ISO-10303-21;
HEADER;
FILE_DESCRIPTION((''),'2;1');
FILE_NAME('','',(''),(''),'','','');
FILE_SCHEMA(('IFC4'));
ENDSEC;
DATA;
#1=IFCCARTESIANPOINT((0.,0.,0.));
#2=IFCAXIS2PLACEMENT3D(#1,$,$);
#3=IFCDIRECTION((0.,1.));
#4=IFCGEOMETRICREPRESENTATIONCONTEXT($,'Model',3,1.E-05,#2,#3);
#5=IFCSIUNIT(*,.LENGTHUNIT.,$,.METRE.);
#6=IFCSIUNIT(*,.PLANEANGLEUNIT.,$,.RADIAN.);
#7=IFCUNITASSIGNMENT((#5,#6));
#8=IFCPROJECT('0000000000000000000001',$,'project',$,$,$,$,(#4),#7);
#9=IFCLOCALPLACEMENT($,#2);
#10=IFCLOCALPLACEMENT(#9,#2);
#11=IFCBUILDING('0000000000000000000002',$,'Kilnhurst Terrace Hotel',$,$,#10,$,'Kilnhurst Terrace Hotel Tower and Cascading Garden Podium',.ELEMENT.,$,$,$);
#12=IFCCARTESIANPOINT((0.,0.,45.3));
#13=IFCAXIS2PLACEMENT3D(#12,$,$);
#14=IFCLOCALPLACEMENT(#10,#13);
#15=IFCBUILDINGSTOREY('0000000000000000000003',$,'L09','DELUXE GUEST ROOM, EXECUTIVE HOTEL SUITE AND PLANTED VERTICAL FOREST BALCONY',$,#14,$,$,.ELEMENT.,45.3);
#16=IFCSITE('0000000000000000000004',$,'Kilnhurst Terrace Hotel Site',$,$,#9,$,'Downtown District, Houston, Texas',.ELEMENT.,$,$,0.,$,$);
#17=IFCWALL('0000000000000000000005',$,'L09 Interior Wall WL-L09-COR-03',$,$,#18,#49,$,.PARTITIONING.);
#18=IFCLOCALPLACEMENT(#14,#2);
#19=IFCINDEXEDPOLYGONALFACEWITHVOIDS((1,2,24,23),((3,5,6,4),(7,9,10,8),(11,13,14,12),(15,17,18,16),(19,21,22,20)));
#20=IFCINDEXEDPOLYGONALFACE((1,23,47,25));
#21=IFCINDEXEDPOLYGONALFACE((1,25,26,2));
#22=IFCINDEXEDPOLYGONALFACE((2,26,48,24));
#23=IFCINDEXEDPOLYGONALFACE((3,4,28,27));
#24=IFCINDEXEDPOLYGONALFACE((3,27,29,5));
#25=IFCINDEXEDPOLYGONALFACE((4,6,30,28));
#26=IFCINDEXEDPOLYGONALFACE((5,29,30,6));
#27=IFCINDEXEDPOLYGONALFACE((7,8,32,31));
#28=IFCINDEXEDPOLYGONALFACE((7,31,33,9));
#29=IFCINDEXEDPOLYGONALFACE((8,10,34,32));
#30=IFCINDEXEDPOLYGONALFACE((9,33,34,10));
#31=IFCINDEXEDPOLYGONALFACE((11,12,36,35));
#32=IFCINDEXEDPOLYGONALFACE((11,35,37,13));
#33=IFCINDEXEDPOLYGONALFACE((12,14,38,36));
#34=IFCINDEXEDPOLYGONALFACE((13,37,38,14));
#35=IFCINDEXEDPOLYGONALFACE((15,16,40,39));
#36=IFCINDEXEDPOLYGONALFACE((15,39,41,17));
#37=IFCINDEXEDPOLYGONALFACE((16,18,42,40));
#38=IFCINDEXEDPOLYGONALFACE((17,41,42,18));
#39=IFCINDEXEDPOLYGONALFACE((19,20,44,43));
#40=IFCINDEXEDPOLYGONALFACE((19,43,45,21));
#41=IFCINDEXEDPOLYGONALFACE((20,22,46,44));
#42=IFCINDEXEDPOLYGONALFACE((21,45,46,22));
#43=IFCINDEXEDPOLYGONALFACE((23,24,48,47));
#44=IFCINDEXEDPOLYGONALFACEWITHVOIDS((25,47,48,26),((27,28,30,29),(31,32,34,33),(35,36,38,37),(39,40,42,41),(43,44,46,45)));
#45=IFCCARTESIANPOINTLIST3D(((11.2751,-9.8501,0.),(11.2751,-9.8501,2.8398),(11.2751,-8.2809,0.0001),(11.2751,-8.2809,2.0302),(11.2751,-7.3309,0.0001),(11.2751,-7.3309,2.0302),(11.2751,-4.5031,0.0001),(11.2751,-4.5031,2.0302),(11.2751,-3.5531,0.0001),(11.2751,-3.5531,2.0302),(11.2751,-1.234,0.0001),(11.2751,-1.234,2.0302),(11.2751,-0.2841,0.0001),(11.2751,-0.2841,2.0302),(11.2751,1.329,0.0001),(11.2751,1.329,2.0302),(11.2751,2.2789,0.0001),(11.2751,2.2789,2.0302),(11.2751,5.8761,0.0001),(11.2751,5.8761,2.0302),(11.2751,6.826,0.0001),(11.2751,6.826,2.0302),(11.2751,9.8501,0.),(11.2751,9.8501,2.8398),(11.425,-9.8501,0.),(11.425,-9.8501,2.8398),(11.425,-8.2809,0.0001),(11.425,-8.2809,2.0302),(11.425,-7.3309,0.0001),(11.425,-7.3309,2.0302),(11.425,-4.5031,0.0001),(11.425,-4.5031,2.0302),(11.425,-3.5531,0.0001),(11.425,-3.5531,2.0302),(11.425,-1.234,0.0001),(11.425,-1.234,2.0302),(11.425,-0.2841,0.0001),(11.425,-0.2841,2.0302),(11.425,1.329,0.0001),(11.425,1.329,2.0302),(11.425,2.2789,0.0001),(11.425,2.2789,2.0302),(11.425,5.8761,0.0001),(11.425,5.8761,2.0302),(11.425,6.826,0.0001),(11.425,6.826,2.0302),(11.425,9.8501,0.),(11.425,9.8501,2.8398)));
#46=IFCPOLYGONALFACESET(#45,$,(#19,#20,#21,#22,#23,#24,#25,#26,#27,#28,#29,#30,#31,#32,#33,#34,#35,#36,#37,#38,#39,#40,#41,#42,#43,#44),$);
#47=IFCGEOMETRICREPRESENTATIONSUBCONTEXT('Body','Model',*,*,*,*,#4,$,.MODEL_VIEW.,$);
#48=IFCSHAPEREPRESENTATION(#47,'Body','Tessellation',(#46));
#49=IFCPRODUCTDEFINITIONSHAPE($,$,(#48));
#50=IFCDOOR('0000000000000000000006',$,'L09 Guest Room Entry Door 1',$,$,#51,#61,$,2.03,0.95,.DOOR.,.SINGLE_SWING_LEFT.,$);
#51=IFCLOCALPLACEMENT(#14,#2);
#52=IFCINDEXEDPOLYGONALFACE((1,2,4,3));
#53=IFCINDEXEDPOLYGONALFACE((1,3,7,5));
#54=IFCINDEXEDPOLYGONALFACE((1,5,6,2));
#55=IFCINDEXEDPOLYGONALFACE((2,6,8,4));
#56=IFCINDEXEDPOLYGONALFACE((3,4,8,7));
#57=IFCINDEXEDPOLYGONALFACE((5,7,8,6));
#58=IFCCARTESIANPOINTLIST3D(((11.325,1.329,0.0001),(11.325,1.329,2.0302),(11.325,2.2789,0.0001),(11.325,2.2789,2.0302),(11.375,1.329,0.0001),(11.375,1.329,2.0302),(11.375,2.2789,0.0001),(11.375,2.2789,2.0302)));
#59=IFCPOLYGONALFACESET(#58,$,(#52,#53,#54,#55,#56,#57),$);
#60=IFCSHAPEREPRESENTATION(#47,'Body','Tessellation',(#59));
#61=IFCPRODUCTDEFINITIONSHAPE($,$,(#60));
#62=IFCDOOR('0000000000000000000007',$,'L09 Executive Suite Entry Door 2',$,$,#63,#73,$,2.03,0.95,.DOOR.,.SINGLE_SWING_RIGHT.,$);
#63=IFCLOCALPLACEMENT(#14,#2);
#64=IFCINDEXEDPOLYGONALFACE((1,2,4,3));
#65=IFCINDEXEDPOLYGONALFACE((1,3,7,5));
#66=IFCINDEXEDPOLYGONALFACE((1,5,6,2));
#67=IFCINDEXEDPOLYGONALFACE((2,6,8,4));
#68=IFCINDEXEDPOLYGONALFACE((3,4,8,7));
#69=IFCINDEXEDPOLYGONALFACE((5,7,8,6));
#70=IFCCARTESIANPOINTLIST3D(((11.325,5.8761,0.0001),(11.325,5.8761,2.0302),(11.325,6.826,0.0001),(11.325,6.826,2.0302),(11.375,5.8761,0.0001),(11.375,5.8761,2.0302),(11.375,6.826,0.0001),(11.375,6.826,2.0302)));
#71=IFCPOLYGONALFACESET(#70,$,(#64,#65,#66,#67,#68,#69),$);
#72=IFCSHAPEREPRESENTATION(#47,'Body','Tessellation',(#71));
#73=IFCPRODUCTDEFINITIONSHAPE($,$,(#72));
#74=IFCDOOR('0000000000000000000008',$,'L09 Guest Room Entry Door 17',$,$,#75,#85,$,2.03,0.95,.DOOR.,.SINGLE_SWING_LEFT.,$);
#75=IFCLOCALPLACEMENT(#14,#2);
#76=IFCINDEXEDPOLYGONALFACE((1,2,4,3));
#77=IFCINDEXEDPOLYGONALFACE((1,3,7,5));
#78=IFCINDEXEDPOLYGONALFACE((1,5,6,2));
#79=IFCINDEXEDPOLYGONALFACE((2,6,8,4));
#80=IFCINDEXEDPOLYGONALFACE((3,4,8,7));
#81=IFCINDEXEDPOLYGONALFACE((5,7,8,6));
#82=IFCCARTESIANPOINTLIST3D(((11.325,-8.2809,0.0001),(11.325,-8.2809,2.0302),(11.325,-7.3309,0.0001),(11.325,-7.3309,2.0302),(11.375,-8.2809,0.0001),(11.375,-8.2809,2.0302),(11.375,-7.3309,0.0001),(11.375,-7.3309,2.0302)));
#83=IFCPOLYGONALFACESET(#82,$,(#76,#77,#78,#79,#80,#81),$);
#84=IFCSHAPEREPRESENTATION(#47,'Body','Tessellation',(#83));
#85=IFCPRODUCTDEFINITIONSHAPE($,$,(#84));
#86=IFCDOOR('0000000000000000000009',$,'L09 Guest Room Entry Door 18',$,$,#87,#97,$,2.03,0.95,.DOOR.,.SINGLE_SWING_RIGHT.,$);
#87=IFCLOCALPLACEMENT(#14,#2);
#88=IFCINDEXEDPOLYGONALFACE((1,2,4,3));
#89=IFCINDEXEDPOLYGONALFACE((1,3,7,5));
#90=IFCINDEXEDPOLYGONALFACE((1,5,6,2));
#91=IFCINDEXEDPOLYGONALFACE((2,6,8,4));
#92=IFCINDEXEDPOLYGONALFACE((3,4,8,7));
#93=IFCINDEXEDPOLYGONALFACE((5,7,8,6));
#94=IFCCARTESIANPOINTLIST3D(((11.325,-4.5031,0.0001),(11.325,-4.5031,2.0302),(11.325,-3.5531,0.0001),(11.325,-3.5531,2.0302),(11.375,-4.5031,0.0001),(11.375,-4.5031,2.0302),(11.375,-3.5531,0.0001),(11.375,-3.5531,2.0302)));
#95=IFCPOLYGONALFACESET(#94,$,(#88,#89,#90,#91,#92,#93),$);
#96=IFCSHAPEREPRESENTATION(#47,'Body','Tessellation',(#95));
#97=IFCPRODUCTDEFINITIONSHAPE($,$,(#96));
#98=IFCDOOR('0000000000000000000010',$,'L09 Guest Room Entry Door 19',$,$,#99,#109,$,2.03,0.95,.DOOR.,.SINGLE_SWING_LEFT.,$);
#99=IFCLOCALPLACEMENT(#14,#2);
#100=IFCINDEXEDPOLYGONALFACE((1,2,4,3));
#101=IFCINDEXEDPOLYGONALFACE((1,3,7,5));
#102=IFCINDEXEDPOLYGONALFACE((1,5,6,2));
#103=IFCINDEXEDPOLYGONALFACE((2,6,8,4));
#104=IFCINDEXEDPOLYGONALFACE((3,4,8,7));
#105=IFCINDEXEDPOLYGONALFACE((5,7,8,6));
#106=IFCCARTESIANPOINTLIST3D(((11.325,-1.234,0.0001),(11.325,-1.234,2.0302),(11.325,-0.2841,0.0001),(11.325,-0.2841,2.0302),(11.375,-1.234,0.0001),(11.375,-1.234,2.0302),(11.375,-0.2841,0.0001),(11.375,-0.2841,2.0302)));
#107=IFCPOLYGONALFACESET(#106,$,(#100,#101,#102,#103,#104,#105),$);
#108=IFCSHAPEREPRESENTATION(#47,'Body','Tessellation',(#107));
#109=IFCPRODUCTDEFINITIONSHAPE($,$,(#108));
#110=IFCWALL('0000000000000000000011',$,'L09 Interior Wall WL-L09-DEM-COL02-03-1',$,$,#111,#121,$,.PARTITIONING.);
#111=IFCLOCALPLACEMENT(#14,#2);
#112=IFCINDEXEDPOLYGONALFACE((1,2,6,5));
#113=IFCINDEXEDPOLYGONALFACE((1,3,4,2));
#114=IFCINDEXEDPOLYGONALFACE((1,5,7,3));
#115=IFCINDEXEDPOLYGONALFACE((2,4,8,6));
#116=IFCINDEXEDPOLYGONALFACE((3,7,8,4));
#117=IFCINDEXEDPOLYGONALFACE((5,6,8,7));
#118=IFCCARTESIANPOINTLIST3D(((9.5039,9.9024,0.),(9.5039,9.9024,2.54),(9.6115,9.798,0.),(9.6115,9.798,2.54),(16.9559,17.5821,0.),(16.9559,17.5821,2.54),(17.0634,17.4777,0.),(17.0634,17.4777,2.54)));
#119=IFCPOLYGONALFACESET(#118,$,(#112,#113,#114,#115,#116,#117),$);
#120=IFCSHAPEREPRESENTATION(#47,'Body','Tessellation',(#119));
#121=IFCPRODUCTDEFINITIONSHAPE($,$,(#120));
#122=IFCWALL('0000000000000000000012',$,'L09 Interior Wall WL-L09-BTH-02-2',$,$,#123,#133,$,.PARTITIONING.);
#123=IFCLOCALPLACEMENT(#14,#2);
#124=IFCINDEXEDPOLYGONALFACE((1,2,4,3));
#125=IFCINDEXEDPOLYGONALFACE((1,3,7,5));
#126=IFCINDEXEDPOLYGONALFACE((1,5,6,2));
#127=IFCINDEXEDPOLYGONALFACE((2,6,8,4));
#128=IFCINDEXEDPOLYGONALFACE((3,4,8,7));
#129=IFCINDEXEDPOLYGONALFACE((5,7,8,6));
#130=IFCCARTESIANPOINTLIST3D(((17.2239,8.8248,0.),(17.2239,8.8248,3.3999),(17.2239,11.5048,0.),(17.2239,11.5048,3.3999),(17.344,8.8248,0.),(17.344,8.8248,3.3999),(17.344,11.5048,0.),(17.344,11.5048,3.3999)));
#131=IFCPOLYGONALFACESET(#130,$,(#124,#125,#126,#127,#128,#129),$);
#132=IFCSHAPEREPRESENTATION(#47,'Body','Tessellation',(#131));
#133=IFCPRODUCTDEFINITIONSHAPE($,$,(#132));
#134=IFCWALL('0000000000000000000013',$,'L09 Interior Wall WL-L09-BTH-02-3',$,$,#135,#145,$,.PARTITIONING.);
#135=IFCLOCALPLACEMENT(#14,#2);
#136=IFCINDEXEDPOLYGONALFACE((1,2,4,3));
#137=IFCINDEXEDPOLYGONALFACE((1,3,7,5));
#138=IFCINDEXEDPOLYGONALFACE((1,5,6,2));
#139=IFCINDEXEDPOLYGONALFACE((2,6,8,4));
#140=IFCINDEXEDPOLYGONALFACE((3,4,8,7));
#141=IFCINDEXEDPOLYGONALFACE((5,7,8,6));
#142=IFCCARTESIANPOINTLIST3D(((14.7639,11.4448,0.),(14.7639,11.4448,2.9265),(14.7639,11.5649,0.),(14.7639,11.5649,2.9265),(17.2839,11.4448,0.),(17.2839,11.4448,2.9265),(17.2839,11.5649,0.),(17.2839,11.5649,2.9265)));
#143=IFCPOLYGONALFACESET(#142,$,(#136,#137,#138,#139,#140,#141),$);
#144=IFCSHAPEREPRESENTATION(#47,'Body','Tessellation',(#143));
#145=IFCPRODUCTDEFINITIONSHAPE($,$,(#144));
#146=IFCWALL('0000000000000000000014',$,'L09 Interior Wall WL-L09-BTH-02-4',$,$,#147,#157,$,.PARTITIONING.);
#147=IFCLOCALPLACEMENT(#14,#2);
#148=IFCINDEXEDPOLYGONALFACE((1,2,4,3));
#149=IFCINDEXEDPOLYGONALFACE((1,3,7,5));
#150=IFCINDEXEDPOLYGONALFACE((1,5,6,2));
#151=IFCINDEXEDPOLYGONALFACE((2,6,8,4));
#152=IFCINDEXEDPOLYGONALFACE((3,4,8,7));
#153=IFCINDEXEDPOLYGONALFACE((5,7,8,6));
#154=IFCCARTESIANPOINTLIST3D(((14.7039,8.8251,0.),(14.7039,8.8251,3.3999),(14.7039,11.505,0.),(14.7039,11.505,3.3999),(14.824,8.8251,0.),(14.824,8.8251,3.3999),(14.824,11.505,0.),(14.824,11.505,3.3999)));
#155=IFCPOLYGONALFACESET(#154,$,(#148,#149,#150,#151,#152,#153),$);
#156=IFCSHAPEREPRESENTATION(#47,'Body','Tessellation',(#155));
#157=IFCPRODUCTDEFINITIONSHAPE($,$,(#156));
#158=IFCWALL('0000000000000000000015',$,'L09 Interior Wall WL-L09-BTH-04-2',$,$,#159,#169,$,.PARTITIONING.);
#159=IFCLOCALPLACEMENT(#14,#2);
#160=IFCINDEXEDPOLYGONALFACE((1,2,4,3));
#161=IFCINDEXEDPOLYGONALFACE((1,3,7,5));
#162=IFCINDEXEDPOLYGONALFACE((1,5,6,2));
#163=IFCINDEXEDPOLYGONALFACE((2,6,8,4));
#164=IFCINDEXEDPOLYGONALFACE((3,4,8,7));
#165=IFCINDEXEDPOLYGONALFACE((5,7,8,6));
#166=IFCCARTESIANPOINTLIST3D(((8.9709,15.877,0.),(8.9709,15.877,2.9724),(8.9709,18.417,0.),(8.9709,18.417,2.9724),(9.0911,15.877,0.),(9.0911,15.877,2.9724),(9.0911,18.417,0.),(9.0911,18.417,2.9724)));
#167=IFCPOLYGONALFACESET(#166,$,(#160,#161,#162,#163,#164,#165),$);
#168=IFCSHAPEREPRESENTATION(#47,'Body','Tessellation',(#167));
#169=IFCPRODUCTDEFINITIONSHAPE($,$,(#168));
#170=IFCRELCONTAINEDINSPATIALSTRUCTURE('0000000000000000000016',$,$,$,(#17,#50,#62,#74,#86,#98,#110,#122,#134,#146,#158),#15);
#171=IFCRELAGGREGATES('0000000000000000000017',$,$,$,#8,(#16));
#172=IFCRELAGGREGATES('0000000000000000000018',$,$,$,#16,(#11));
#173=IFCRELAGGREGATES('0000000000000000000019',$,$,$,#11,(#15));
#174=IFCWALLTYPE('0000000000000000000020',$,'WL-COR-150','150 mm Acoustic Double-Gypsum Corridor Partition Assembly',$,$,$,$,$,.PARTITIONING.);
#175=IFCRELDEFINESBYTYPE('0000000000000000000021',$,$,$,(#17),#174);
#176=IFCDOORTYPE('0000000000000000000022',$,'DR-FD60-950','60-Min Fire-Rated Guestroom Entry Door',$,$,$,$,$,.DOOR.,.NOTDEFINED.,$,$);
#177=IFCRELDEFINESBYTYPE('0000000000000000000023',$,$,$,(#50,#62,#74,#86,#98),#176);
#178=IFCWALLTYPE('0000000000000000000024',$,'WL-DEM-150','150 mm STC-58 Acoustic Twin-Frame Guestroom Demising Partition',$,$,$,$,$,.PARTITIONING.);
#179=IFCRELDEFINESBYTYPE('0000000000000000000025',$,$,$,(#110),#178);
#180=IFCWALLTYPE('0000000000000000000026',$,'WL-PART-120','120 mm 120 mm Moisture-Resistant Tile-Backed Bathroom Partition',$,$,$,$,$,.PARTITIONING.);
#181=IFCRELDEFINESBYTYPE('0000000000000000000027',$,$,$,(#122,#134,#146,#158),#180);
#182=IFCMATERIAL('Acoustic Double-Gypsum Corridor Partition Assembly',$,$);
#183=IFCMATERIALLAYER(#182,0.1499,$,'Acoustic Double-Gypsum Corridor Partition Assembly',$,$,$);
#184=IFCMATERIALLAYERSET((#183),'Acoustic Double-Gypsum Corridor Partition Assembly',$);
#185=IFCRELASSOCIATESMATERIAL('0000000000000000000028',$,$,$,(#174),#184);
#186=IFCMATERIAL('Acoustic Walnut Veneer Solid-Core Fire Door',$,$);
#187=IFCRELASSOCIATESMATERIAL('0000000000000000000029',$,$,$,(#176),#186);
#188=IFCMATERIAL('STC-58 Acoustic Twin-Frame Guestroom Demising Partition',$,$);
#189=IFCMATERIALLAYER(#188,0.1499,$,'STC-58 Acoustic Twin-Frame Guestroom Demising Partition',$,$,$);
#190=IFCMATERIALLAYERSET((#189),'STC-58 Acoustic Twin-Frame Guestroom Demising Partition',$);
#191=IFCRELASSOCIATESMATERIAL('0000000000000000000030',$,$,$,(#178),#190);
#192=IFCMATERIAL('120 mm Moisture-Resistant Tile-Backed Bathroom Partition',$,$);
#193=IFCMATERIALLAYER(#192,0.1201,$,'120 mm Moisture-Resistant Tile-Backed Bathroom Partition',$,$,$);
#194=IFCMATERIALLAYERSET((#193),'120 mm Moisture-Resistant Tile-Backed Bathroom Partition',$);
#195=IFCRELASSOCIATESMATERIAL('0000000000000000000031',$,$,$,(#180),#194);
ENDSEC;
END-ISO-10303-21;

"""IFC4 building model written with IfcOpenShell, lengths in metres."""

from ifc_helpers import new_model, si_unit, direction, frame, frame_2d, origin, place, context, subcontext, project, spatial, rectangle, extrude, material, layer, layer_set, type_object, element, fill, save


model = new_model("IFC4")

# Units and contexts
model_context = context("Model", 3, precision=1e-05, world=origin(), true_north=direction((0.0, 1.0)))
body_context = subcontext(model_context, "Body", "Model", "MODEL_VIEW")
ifc_project = project(units=[si_unit("LENGTHUNIT", "METRE"), si_unit("PLANEANGLEUNIT", "RADIAN")], contexts=[model_context])

# Site, building, storey
site_placement = place(None, origin())
site = spatial("IfcSite", under=ifc_project, at=site_placement, Name="Kilnhurst Terrace Hotel Site", LongName="Downtown District, Houston, Texas", CompositionType="ELEMENT", RefElevation=0.0)
building_placement = place(site_placement, origin())
building = spatial("IfcBuilding", under=site, at=building_placement, Name="Kilnhurst Terrace Hotel", LongName="Kilnhurst Terrace Hotel Tower and Cascading Garden Podium", CompositionType="ELEMENT")
storey_placement = place(building_placement, frame((0.0, 0.0, 45.3)))
storey = spatial("IfcBuildingStorey", under=building, at=storey_placement, Name="L09", Description="DELUXE GUEST ROOM, EXECUTIVE HOTEL SUITE AND PLANTED VERTICAL FOREST BALCONY", CompositionType="ELEMENT", Elevation=45.3)

# Wall, openings, doors
ifc_material_1 = material(Name="Acoustic Double-Gypsum Corridor Partition Assembly")
ifc_layer_1 = layer(ifc_material_1, 0.1499, Name="Acoustic Double-Gypsum Corridor Partition Assembly")
ifc_layer_set_1 = layer_set([ifc_layer_1], Name="Acoustic Double-Gypsum Corridor Partition Assembly")
wall_type_1 = type_object("IfcWallType", Name="WL-COR-150", Description="150 mm Acoustic Double-Gypsum Corridor Partition Assembly", PredefinedType="PARTITIONING", material=ifc_layer_set_1)
wall_1_placement = place(storey_placement, frame((11.3501, 9.8501, 0.0), z_axis=(0.0, 0.0, 1.0), x_axis=(0.0, -1.0, 0.0)))
wall_1 = element("IfcWall", 1, at=wall_1_placement, inside=storey, type_object=wall_type_1, Name="L09 Interior Wall WL-L09-COR-03", PredefinedType="PARTITIONING", context=body_context, shape_type="SweptSolid", body=[
    extrude(rectangle(XDim=19.7002, YDim=0.1499, at=frame_2d((9.8501, 0.0))), origin(), (0.0, 0.0, 1.0), 2.8398),
])
opening_1_placement = place(wall_1_placement, frame((7.571, 0.0, 0.0)))
opening_1 = element("IfcOpeningElement", 2, at=opening_1_placement, cuts=wall_1, PredefinedType="OPENING", context=body_context, shape_type="SweptSolid", body=[
    extrude(rectangle(XDim=0.95, YDim=2.03, at=frame_2d((0.4751, 1.0151))), frame((0.0, 0.085, 0.0), z_axis=(0.0, -1.0, 0.0), x_axis=(1.0, 0.0, 0.0)), (0.0, 0.0, 1.0), 0.1699),
])
opening_2_placement = place(wall_1_placement, frame((3.0239, 0.0, 0.0)))
opening_2 = element("IfcOpeningElement", 3, at=opening_2_placement, cuts=wall_1, PredefinedType="OPENING", context=body_context, shape_type="SweptSolid", body=[
    extrude(rectangle(XDim=0.95, YDim=2.03, at=frame_2d((0.4751, 1.0151))), frame((0.0, 0.085, 0.0), z_axis=(0.0, -1.0, 0.0), x_axis=(1.0, 0.0, 0.0)), (0.0, 0.0, 1.0), 0.1699),
])
opening_3_placement = place(wall_1_placement, frame((17.1809, 0.0, 0.0)))
opening_3 = element("IfcOpeningElement", 4, at=opening_3_placement, cuts=wall_1, PredefinedType="OPENING", context=body_context, shape_type="SweptSolid", body=[
    extrude(rectangle(XDim=0.95, YDim=2.03, at=frame_2d((0.4751, 1.0151))), frame((0.0, 0.085, 0.0), z_axis=(0.0, -1.0, 0.0), x_axis=(1.0, 0.0, 0.0)), (0.0, 0.0, 1.0), 0.1699),
])
opening_4_placement = place(wall_1_placement, frame((13.4031, 0.0, 0.0)))
opening_4 = element("IfcOpeningElement", 5, at=opening_4_placement, cuts=wall_1, PredefinedType="OPENING", context=body_context, shape_type="SweptSolid", body=[
    extrude(rectangle(XDim=0.95, YDim=2.03, at=frame_2d((0.4751, 1.0151))), frame((0.0, 0.085, 0.0), z_axis=(0.0, -1.0, 0.0), x_axis=(1.0, 0.0, 0.0)), (0.0, 0.0, 1.0), 0.1699),
])
opening_5_placement = place(wall_1_placement, frame((10.134, 0.0, 0.0)))
opening_5 = element("IfcOpeningElement", 6, at=opening_5_placement, cuts=wall_1, PredefinedType="OPENING", context=body_context, shape_type="SweptSolid", body=[
    extrude(rectangle(XDim=0.95, YDim=2.03, at=frame_2d((0.4751, 1.0151))), frame((0.0, 0.085, 0.0), z_axis=(0.0, -1.0, 0.0), x_axis=(1.0, 0.0, 0.0)), (0.0, 0.0, 1.0), 0.1699),
])
ifc_material_2 = material(Name="Acoustic Walnut Veneer Solid-Core Fire Door")
door_type = type_object("IfcDoorType", Name="DR-FD60-950", Description="60-Min Fire-Rated Guestroom Entry Door", OperationType="NOTDEFINED", PredefinedType="DOOR", material=ifc_material_2)
door_1_placement = place(opening_1_placement, origin())
door_1 = element("IfcDoor", 7, at=door_1_placement, inside=storey, type_object=door_type, Name="L09 Guest Room Entry Door 1", OperationType="SINGLE_SWING_LEFT", OverallHeight=2.03, OverallWidth=0.95, PredefinedType="DOOR", context=body_context, shape_type="SweptSolid", body=[
    extrude(rectangle(XDim=0.95, YDim=2.03, at=frame_2d((0.4751, 1.0151))), frame((0.0, 0.0249, 0.0), z_axis=(0.0, -1.0, 0.0), x_axis=(1.0, 0.0, 0.0)), (0.0, 0.0, 1.0), 0.05),
])
fill(opening_1, door_1)
door_2_placement = place(opening_2_placement, origin())
door_2 = element("IfcDoor", 8, at=door_2_placement, inside=storey, type_object=door_type, Name="L09 Executive Suite Entry Door 2", OperationType="SINGLE_SWING_RIGHT", OverallHeight=2.03, OverallWidth=0.95, PredefinedType="DOOR", context=body_context, shape_type="SweptSolid", body=[
    extrude(rectangle(XDim=0.95, YDim=2.03, at=frame_2d((0.4751, 1.0151))), frame((0.0, 0.0249, 0.0), z_axis=(0.0, -1.0, 0.0), x_axis=(1.0, 0.0, 0.0)), (0.0, 0.0, 1.0), 0.05),
])
fill(opening_2, door_2)
door_3_placement = place(opening_3_placement, origin())
door_3 = element("IfcDoor", 9, at=door_3_placement, inside=storey, type_object=door_type, Name="L09 Guest Room Entry Door 17", OperationType="SINGLE_SWING_LEFT", OverallHeight=2.03, OverallWidth=0.95, PredefinedType="DOOR", context=body_context, shape_type="SweptSolid", body=[
    extrude(rectangle(XDim=0.95, YDim=2.03, at=frame_2d((0.4751, 1.0151))), frame((0.0, 0.0249, 0.0), z_axis=(0.0, -1.0, 0.0), x_axis=(1.0, 0.0, 0.0)), (0.0, 0.0, 1.0), 0.05),
])
fill(opening_3, door_3)
door_4_placement = place(opening_4_placement, origin())
door_4 = element("IfcDoor", 10, at=door_4_placement, inside=storey, type_object=door_type, Name="L09 Guest Room Entry Door 18", OperationType="SINGLE_SWING_RIGHT", OverallHeight=2.03, OverallWidth=0.95, PredefinedType="DOOR", context=body_context, shape_type="SweptSolid", body=[
    extrude(rectangle(XDim=0.95, YDim=2.03, at=frame_2d((0.4751, 1.0151))), frame((0.0, 0.0249, 0.0), z_axis=(0.0, -1.0, 0.0), x_axis=(1.0, 0.0, 0.0)), (0.0, 0.0, 1.0), 0.05),
])
fill(opening_4, door_4)
door_5_placement = place(opening_5_placement, origin())
door_5 = element("IfcDoor", 11, at=door_5_placement, inside=storey, type_object=door_type, Name="L09 Guest Room Entry Door 19", OperationType="SINGLE_SWING_LEFT", OverallHeight=2.03, OverallWidth=0.95, PredefinedType="DOOR", context=body_context, shape_type="SweptSolid", body=[
    extrude(rectangle(XDim=0.95, YDim=2.03, at=frame_2d((0.4751, 1.0151))), frame((0.0, 0.0249, 0.0), z_axis=(0.0, -1.0, 0.0), x_axis=(1.0, 0.0, 0.0)), (0.0, 0.0, 1.0), 0.05),
])
fill(opening_5, door_5)

# Walls
ifc_material_3 = material(Name="STC-58 Acoustic Twin-Frame Guestroom Demising Partition")
ifc_layer_2 = layer(ifc_material_3, 0.1499, Name="STC-58 Acoustic Twin-Frame Guestroom Demising Partition")
ifc_layer_set_2 = layer_set([ifc_layer_2], Name="STC-58 Acoustic Twin-Frame Guestroom Demising Partition")
wall_type_2 = type_object("IfcWallType", Name="WL-DEM-150", Description="150 mm STC-58 Acoustic Twin-Frame Guestroom Demising Partition", PredefinedType="PARTITIONING", material=ifc_layer_set_2)
wall_2_placement = place(storey_placement, frame((9.5576, 9.8501, 0.0), z_axis=(0.0, 0.0, 1.0), x_axis=(0.696383, 0.71767, 0.0)))
element("IfcWall", 12, at=wall_2_placement, inside=storey, type_object=wall_type_2, Name="L09 Interior Wall WL-L09-DEM-COL02-03-1", PredefinedType="PARTITIONING", context=body_context, shape_type="SweptSolid", body=[
    extrude(rectangle(XDim=10.7009, YDim=0.1499, at=frame_2d((5.3506, 0.0))), origin(), (0.0, 0.0, 1.0), 2.54),
])
ifc_material_4 = material(Name="120 mm Moisture-Resistant Tile-Backed Bathroom Partition")
ifc_layer_3 = layer(ifc_material_4, 0.1201, Name="120 mm Moisture-Resistant Tile-Backed Bathroom Partition")
ifc_layer_set_3 = layer_set([ifc_layer_3], Name="120 mm Moisture-Resistant Tile-Backed Bathroom Partition")
wall_type_3 = type_object("IfcWallType", Name="WL-PART-120", Description="120 mm 120 mm Moisture-Resistant Tile-Backed Bathroom Partition", PredefinedType="PARTITIONING", material=ifc_layer_set_3)
wall_3_placement = place(storey_placement, frame((17.2839, 8.825, 0.0), z_axis=(0.0, 0.0, 1.0), x_axis=(0.0, 1.0, 0.0)))
element("IfcWall", 13, at=wall_3_placement, inside=storey, type_object=wall_type_3, Name="L09 Interior Wall WL-L09-BTH-02-2", PredefinedType="PARTITIONING", context=body_context, shape_type="SweptSolid", body=[
    extrude(rectangle(XDim=2.6799, YDim=0.1201, at=frame_2d((1.3398, 0.0))), origin(), (0.0, 0.0, 1.0), 3.3999),
])
wall_4_placement = place(storey_placement, frame((17.2839, 11.5049, 0.0), z_axis=(0.0, 0.0, 1.0), x_axis=(-1.0, 0.0, 0.0)))
element("IfcWall", 14, at=wall_4_placement, inside=storey, type_object=wall_type_3, Name="L09 Interior Wall WL-L09-BTH-02-3", PredefinedType="PARTITIONING", context=body_context, shape_type="SweptSolid", body=[
    extrude(rectangle(XDim=2.52, YDim=0.1201, at=frame_2d((1.26, 0.0))), origin(), (0.0, 0.0, 1.0), 2.9265),
])
wall_5_placement = place(storey_placement, frame((14.7639, 11.5049, 0.0), z_axis=(0.0, 0.0, 1.0), x_axis=(0.0, -1.0, 0.0)))
element("IfcWall", 15, at=wall_5_placement, inside=storey, type_object=wall_type_3, Name="L09 Interior Wall WL-L09-BTH-02-4", PredefinedType="PARTITIONING", context=body_context, shape_type="SweptSolid", body=[
    extrude(rectangle(XDim=2.6799, YDim=0.1201, at=frame_2d((1.3398, 0.0))), origin(), (0.0, 0.0, 1.0), 3.3999),
])
wall_6_placement = place(storey_placement, frame((9.031, 15.877, 0.0), z_axis=(0.0, 0.0, 1.0), x_axis=(0.0, 1.0, 0.0)))
element("IfcWall", 16, at=wall_6_placement, inside=storey, type_object=wall_type_3, Name="L09 Interior Wall WL-L09-BTH-04-2", PredefinedType="PARTITIONING", context=body_context, shape_type="SweptSolid", body=[
    extrude(rectangle(XDim=2.54, YDim=0.1201, at=frame_2d((1.27, 0.0))), origin(), (0.0, 0.0, 1.0), 2.9724),
])

save(model, "model.ifc")
